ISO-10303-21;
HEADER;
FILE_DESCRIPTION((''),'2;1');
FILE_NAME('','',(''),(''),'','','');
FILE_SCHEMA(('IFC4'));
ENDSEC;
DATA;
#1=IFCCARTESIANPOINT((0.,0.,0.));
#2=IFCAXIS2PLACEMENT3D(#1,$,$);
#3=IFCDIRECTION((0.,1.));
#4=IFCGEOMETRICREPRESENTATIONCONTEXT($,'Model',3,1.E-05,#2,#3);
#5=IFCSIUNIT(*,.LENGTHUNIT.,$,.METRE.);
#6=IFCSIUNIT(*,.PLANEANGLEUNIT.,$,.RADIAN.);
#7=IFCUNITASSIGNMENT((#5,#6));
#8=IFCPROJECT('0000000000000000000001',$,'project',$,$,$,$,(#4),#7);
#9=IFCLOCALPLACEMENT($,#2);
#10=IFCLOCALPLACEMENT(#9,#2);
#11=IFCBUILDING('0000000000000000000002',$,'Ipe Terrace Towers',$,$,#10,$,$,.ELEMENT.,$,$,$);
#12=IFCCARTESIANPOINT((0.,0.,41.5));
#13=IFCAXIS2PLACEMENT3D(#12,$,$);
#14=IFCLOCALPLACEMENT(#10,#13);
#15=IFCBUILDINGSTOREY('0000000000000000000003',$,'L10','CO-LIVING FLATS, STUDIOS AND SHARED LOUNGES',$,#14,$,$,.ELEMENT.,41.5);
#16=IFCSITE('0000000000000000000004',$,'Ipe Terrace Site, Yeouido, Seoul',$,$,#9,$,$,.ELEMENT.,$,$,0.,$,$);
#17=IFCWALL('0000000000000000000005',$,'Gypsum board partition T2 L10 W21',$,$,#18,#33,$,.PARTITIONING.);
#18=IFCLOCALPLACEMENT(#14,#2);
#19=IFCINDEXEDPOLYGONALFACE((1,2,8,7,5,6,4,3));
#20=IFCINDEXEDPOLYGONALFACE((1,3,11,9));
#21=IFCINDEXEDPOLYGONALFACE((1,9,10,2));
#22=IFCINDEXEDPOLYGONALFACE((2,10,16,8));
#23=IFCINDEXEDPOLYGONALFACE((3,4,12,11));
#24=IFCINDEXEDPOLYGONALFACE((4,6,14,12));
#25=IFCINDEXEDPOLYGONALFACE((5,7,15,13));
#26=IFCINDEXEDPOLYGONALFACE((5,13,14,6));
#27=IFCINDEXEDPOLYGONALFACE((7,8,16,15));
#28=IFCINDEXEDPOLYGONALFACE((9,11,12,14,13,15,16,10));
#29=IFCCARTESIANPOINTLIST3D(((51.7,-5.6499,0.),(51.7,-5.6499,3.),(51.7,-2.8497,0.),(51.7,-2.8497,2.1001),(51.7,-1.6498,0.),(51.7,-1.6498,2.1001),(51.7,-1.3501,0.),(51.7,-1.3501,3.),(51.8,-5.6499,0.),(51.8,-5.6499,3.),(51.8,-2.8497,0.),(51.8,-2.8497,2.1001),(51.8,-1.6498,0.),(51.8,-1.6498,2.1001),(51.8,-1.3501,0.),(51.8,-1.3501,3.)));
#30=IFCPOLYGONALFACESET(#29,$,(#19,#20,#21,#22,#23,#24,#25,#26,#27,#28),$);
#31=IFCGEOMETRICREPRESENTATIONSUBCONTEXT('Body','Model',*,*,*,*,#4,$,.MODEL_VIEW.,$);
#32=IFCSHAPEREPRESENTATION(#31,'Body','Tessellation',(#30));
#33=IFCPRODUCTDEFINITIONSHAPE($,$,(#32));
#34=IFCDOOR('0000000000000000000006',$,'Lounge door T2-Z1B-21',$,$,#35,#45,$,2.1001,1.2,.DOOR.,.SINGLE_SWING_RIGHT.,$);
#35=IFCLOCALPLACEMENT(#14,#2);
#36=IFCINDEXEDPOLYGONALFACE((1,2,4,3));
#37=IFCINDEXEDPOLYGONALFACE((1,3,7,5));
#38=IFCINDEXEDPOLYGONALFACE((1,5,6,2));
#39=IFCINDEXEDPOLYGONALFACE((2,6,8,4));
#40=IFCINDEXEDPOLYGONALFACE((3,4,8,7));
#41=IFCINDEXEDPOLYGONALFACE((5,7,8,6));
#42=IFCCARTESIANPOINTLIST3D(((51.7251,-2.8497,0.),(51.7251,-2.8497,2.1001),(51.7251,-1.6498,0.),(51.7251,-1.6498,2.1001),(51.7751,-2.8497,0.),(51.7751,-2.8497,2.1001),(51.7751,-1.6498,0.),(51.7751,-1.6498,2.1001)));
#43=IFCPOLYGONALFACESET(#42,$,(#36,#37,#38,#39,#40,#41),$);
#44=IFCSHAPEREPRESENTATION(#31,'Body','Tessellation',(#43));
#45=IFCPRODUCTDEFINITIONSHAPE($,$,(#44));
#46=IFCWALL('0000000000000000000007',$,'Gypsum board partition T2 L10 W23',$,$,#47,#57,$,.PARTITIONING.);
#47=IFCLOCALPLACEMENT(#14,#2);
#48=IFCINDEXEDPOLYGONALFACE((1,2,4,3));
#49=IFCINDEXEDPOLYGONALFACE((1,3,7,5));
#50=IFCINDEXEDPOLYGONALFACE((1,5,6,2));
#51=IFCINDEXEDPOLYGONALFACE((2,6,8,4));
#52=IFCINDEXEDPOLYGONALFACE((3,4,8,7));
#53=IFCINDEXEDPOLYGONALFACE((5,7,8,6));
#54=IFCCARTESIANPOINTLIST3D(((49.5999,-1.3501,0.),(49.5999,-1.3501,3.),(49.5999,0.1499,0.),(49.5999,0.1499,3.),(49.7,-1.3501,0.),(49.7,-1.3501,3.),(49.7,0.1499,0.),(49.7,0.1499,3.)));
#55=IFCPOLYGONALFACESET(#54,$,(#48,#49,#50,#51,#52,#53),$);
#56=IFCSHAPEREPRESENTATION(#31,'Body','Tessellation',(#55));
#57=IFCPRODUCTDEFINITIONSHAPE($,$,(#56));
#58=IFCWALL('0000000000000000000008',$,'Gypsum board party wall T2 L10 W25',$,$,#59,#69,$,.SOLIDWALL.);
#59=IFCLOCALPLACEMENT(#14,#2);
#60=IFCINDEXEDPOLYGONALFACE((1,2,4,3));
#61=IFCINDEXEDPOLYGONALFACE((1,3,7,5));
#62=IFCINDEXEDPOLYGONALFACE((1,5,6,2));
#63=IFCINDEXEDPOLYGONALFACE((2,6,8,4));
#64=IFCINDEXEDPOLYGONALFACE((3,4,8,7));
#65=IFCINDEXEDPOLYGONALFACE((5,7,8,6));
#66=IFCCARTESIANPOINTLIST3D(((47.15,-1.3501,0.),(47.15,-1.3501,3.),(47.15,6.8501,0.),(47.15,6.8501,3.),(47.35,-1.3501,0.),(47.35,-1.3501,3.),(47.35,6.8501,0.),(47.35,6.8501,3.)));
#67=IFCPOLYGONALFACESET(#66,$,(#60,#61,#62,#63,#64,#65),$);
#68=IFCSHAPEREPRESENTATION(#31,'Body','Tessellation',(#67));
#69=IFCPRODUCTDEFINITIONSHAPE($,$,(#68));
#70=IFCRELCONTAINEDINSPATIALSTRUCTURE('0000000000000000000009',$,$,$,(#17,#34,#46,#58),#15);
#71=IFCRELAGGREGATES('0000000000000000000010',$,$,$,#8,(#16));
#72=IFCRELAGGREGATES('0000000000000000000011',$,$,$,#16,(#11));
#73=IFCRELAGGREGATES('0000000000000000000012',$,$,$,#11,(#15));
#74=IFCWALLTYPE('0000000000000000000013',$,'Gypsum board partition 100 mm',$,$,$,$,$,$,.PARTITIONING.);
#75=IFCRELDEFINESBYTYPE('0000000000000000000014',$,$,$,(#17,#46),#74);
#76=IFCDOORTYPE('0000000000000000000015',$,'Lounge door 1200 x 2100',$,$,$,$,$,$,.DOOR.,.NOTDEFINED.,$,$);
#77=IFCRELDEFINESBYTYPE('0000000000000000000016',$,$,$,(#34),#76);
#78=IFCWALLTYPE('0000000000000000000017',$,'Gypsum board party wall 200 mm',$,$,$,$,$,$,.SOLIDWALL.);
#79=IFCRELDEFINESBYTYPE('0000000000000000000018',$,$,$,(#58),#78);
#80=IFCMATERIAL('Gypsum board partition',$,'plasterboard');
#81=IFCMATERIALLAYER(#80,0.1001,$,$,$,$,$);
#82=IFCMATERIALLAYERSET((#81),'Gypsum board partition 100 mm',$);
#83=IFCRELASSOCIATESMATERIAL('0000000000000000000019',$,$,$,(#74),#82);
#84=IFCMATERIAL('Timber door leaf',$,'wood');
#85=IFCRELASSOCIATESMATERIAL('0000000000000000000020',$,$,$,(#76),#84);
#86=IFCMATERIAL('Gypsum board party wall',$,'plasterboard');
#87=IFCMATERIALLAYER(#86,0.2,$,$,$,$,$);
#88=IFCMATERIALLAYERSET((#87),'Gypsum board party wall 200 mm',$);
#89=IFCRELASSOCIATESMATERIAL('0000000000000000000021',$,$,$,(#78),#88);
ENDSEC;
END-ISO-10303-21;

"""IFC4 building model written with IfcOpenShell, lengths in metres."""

from ifc_helpers import new_model, si_unit, direction, frame, frame_2d, origin, place, context, subcontext, project, spatial, rectangle, extrude, material, layer, layer_set, type_object, element, fill, save


model = new_model("IFC4")

# Units and contexts
model_context = context("Model", 3, precision=1e-05, world=origin(), true_north=direction((0.0, 1.0)))
body_context = subcontext(model_context, "Body", "Model", "MODEL_VIEW")
ifc_project = project(units=[si_unit("LENGTHUNIT", "METRE"), si_unit("PLANEANGLEUNIT", "RADIAN")], contexts=[model_context])

# Site, building, storey
site_placement = place(None, origin())
site = spatial("IfcSite", under=ifc_project, at=site_placement, Name="Ipe Terrace Site, Yeouido, Seoul", CompositionType="ELEMENT", RefElevation=0.0)
building_placement = place(site_placement, origin())
building = spatial("IfcBuilding", under=site, at=building_placement, Name="Ipe Terrace Towers", CompositionType="ELEMENT")
storey_placement = place(building_placement, frame((0.0, 0.0, 41.5)))
storey = spatial("IfcBuildingStorey", under=building, at=storey_placement, Name="L10", Description="CO-LIVING FLATS, STUDIOS AND SHARED LOUNGES", CompositionType="ELEMENT", Elevation=41.5)

# Shared definitions
ifc_material_1 = material(Name="Gypsum board partition", Category="plasterboard")
ifc_layer_1 = layer(ifc_material_1, 0.1001)
ifc_layer_set_1 = layer_set([ifc_layer_1], Name="Gypsum board partition 100 mm")
wall_type_1 = type_object("IfcWallType", Name="Gypsum board partition 100 mm", PredefinedType="PARTITIONING", material=ifc_layer_set_1)

# Wall, opening, door
wall_1_placement = place(storey_placement, frame((51.75, -5.6499, 0.0), z_axis=(0.0, 0.0, 1.0), x_axis=(0.0, 1.0, 0.0)))
wall_1 = element("IfcWall", 1, at=wall_1_placement, inside=storey, type_object=wall_type_1, Name="Gypsum board partition T2 L10 W21", PredefinedType="PARTITIONING", context=body_context, shape_type="SweptSolid", body=[
    extrude(rectangle(XDim=4.2998, YDim=0.1001, at=frame_2d((2.1499, 0.0))), origin(), (0.0, 0.0, 1.0), 3.0),
])
opening_1_placement = place(wall_1_placement, frame((2.8, 0.0, 0.0)))
opening_1 = element("IfcOpeningElement", 2, at=opening_1_placement, cuts=wall_1, PredefinedType="OPENING", context=body_context, shape_type="SweptSolid", body=[
    extrude(rectangle(XDim=1.2, YDim=2.1001, at=frame_2d((0.6001, 1.05))), frame((0.0, 0.0601, 0.0), z_axis=(0.0, -1.0, 0.0), x_axis=(1.0, 0.0, 0.0)), (0.0, 0.0, 1.0), 0.1201),
])
ifc_material_2 = material(Name="Timber door leaf", Category="wood")
door_type_1 = type_object("IfcDoorType", Name="Lounge door 1200 x 2100", OperationType="NOTDEFINED", PredefinedType="DOOR", material=ifc_material_2)
door_1_placement = place(opening_1_placement, origin())
door_1 = element("IfcDoor", 3, at=door_1_placement, inside=storey, type_object=door_type_1, Name="Lounge door T2-Z1B-21", OperationType="SINGLE_SWING_RIGHT", OverallHeight=2.1001, OverallWidth=1.2, PredefinedType="DOOR", context=body_context, shape_type="SweptSolid", body=[
    extrude(rectangle(XDim=1.2, YDim=2.1001, at=frame_2d((0.6001, 1.05))), frame((0.0, 0.0249, 0.0), z_axis=(0.0, -1.0, 0.0), x_axis=(1.0, 0.0, 0.0)), (0.0, 0.0, 1.0), 0.05),
])
fill(opening_1, door_1)

# Walls
wall_2_placement = place(storey_placement, frame((49.6499, -1.3501, 0.0), z_axis=(0.0, 0.0, 1.0), x_axis=(0.0, 1.0, 0.0)))
element("IfcWall", 4, at=wall_2_placement, inside=storey, type_object=wall_type_1, Name="Gypsum board partition T2 L10 W23", PredefinedType="PARTITIONING", context=body_context, shape_type="SweptSolid", body=[
    extrude(rectangle(XDim=1.5, YDim=0.1001, at=frame_2d((0.75, 0.0))), origin(), (0.0, 0.0, 1.0), 3.0),
])
ifc_material_3 = material(Name="Gypsum board party wall", Category="plasterboard")
ifc_layer_2 = layer(ifc_material_3, 0.2)
ifc_layer_set_2 = layer_set([ifc_layer_2], Name="Gypsum board party wall 200 mm")
wall_type_2 = type_object("IfcWallType", Name="Gypsum board party wall 200 mm", PredefinedType="SOLIDWALL", material=ifc_layer_set_2)
wall_3_placement = place(storey_placement, frame((47.25, -1.3501, 0.0), z_axis=(0.0, 0.0, 1.0), x_axis=(0.0, 1.0, 0.0)))
element("IfcWall", 5, at=wall_3_placement, inside=storey, type_object=wall_type_2, Name="Gypsum board party wall T2 L10 W25", PredefinedType="SOLIDWALL", context=body_context, shape_type="SweptSolid", body=[
    extrude(rectangle(XDim=8.2002, YDim=0.2, at=frame_2d((4.1001, 0.0))), origin(), (0.0, 0.0, 1.0), 3.0),
])

save(model, "model.ifc")
